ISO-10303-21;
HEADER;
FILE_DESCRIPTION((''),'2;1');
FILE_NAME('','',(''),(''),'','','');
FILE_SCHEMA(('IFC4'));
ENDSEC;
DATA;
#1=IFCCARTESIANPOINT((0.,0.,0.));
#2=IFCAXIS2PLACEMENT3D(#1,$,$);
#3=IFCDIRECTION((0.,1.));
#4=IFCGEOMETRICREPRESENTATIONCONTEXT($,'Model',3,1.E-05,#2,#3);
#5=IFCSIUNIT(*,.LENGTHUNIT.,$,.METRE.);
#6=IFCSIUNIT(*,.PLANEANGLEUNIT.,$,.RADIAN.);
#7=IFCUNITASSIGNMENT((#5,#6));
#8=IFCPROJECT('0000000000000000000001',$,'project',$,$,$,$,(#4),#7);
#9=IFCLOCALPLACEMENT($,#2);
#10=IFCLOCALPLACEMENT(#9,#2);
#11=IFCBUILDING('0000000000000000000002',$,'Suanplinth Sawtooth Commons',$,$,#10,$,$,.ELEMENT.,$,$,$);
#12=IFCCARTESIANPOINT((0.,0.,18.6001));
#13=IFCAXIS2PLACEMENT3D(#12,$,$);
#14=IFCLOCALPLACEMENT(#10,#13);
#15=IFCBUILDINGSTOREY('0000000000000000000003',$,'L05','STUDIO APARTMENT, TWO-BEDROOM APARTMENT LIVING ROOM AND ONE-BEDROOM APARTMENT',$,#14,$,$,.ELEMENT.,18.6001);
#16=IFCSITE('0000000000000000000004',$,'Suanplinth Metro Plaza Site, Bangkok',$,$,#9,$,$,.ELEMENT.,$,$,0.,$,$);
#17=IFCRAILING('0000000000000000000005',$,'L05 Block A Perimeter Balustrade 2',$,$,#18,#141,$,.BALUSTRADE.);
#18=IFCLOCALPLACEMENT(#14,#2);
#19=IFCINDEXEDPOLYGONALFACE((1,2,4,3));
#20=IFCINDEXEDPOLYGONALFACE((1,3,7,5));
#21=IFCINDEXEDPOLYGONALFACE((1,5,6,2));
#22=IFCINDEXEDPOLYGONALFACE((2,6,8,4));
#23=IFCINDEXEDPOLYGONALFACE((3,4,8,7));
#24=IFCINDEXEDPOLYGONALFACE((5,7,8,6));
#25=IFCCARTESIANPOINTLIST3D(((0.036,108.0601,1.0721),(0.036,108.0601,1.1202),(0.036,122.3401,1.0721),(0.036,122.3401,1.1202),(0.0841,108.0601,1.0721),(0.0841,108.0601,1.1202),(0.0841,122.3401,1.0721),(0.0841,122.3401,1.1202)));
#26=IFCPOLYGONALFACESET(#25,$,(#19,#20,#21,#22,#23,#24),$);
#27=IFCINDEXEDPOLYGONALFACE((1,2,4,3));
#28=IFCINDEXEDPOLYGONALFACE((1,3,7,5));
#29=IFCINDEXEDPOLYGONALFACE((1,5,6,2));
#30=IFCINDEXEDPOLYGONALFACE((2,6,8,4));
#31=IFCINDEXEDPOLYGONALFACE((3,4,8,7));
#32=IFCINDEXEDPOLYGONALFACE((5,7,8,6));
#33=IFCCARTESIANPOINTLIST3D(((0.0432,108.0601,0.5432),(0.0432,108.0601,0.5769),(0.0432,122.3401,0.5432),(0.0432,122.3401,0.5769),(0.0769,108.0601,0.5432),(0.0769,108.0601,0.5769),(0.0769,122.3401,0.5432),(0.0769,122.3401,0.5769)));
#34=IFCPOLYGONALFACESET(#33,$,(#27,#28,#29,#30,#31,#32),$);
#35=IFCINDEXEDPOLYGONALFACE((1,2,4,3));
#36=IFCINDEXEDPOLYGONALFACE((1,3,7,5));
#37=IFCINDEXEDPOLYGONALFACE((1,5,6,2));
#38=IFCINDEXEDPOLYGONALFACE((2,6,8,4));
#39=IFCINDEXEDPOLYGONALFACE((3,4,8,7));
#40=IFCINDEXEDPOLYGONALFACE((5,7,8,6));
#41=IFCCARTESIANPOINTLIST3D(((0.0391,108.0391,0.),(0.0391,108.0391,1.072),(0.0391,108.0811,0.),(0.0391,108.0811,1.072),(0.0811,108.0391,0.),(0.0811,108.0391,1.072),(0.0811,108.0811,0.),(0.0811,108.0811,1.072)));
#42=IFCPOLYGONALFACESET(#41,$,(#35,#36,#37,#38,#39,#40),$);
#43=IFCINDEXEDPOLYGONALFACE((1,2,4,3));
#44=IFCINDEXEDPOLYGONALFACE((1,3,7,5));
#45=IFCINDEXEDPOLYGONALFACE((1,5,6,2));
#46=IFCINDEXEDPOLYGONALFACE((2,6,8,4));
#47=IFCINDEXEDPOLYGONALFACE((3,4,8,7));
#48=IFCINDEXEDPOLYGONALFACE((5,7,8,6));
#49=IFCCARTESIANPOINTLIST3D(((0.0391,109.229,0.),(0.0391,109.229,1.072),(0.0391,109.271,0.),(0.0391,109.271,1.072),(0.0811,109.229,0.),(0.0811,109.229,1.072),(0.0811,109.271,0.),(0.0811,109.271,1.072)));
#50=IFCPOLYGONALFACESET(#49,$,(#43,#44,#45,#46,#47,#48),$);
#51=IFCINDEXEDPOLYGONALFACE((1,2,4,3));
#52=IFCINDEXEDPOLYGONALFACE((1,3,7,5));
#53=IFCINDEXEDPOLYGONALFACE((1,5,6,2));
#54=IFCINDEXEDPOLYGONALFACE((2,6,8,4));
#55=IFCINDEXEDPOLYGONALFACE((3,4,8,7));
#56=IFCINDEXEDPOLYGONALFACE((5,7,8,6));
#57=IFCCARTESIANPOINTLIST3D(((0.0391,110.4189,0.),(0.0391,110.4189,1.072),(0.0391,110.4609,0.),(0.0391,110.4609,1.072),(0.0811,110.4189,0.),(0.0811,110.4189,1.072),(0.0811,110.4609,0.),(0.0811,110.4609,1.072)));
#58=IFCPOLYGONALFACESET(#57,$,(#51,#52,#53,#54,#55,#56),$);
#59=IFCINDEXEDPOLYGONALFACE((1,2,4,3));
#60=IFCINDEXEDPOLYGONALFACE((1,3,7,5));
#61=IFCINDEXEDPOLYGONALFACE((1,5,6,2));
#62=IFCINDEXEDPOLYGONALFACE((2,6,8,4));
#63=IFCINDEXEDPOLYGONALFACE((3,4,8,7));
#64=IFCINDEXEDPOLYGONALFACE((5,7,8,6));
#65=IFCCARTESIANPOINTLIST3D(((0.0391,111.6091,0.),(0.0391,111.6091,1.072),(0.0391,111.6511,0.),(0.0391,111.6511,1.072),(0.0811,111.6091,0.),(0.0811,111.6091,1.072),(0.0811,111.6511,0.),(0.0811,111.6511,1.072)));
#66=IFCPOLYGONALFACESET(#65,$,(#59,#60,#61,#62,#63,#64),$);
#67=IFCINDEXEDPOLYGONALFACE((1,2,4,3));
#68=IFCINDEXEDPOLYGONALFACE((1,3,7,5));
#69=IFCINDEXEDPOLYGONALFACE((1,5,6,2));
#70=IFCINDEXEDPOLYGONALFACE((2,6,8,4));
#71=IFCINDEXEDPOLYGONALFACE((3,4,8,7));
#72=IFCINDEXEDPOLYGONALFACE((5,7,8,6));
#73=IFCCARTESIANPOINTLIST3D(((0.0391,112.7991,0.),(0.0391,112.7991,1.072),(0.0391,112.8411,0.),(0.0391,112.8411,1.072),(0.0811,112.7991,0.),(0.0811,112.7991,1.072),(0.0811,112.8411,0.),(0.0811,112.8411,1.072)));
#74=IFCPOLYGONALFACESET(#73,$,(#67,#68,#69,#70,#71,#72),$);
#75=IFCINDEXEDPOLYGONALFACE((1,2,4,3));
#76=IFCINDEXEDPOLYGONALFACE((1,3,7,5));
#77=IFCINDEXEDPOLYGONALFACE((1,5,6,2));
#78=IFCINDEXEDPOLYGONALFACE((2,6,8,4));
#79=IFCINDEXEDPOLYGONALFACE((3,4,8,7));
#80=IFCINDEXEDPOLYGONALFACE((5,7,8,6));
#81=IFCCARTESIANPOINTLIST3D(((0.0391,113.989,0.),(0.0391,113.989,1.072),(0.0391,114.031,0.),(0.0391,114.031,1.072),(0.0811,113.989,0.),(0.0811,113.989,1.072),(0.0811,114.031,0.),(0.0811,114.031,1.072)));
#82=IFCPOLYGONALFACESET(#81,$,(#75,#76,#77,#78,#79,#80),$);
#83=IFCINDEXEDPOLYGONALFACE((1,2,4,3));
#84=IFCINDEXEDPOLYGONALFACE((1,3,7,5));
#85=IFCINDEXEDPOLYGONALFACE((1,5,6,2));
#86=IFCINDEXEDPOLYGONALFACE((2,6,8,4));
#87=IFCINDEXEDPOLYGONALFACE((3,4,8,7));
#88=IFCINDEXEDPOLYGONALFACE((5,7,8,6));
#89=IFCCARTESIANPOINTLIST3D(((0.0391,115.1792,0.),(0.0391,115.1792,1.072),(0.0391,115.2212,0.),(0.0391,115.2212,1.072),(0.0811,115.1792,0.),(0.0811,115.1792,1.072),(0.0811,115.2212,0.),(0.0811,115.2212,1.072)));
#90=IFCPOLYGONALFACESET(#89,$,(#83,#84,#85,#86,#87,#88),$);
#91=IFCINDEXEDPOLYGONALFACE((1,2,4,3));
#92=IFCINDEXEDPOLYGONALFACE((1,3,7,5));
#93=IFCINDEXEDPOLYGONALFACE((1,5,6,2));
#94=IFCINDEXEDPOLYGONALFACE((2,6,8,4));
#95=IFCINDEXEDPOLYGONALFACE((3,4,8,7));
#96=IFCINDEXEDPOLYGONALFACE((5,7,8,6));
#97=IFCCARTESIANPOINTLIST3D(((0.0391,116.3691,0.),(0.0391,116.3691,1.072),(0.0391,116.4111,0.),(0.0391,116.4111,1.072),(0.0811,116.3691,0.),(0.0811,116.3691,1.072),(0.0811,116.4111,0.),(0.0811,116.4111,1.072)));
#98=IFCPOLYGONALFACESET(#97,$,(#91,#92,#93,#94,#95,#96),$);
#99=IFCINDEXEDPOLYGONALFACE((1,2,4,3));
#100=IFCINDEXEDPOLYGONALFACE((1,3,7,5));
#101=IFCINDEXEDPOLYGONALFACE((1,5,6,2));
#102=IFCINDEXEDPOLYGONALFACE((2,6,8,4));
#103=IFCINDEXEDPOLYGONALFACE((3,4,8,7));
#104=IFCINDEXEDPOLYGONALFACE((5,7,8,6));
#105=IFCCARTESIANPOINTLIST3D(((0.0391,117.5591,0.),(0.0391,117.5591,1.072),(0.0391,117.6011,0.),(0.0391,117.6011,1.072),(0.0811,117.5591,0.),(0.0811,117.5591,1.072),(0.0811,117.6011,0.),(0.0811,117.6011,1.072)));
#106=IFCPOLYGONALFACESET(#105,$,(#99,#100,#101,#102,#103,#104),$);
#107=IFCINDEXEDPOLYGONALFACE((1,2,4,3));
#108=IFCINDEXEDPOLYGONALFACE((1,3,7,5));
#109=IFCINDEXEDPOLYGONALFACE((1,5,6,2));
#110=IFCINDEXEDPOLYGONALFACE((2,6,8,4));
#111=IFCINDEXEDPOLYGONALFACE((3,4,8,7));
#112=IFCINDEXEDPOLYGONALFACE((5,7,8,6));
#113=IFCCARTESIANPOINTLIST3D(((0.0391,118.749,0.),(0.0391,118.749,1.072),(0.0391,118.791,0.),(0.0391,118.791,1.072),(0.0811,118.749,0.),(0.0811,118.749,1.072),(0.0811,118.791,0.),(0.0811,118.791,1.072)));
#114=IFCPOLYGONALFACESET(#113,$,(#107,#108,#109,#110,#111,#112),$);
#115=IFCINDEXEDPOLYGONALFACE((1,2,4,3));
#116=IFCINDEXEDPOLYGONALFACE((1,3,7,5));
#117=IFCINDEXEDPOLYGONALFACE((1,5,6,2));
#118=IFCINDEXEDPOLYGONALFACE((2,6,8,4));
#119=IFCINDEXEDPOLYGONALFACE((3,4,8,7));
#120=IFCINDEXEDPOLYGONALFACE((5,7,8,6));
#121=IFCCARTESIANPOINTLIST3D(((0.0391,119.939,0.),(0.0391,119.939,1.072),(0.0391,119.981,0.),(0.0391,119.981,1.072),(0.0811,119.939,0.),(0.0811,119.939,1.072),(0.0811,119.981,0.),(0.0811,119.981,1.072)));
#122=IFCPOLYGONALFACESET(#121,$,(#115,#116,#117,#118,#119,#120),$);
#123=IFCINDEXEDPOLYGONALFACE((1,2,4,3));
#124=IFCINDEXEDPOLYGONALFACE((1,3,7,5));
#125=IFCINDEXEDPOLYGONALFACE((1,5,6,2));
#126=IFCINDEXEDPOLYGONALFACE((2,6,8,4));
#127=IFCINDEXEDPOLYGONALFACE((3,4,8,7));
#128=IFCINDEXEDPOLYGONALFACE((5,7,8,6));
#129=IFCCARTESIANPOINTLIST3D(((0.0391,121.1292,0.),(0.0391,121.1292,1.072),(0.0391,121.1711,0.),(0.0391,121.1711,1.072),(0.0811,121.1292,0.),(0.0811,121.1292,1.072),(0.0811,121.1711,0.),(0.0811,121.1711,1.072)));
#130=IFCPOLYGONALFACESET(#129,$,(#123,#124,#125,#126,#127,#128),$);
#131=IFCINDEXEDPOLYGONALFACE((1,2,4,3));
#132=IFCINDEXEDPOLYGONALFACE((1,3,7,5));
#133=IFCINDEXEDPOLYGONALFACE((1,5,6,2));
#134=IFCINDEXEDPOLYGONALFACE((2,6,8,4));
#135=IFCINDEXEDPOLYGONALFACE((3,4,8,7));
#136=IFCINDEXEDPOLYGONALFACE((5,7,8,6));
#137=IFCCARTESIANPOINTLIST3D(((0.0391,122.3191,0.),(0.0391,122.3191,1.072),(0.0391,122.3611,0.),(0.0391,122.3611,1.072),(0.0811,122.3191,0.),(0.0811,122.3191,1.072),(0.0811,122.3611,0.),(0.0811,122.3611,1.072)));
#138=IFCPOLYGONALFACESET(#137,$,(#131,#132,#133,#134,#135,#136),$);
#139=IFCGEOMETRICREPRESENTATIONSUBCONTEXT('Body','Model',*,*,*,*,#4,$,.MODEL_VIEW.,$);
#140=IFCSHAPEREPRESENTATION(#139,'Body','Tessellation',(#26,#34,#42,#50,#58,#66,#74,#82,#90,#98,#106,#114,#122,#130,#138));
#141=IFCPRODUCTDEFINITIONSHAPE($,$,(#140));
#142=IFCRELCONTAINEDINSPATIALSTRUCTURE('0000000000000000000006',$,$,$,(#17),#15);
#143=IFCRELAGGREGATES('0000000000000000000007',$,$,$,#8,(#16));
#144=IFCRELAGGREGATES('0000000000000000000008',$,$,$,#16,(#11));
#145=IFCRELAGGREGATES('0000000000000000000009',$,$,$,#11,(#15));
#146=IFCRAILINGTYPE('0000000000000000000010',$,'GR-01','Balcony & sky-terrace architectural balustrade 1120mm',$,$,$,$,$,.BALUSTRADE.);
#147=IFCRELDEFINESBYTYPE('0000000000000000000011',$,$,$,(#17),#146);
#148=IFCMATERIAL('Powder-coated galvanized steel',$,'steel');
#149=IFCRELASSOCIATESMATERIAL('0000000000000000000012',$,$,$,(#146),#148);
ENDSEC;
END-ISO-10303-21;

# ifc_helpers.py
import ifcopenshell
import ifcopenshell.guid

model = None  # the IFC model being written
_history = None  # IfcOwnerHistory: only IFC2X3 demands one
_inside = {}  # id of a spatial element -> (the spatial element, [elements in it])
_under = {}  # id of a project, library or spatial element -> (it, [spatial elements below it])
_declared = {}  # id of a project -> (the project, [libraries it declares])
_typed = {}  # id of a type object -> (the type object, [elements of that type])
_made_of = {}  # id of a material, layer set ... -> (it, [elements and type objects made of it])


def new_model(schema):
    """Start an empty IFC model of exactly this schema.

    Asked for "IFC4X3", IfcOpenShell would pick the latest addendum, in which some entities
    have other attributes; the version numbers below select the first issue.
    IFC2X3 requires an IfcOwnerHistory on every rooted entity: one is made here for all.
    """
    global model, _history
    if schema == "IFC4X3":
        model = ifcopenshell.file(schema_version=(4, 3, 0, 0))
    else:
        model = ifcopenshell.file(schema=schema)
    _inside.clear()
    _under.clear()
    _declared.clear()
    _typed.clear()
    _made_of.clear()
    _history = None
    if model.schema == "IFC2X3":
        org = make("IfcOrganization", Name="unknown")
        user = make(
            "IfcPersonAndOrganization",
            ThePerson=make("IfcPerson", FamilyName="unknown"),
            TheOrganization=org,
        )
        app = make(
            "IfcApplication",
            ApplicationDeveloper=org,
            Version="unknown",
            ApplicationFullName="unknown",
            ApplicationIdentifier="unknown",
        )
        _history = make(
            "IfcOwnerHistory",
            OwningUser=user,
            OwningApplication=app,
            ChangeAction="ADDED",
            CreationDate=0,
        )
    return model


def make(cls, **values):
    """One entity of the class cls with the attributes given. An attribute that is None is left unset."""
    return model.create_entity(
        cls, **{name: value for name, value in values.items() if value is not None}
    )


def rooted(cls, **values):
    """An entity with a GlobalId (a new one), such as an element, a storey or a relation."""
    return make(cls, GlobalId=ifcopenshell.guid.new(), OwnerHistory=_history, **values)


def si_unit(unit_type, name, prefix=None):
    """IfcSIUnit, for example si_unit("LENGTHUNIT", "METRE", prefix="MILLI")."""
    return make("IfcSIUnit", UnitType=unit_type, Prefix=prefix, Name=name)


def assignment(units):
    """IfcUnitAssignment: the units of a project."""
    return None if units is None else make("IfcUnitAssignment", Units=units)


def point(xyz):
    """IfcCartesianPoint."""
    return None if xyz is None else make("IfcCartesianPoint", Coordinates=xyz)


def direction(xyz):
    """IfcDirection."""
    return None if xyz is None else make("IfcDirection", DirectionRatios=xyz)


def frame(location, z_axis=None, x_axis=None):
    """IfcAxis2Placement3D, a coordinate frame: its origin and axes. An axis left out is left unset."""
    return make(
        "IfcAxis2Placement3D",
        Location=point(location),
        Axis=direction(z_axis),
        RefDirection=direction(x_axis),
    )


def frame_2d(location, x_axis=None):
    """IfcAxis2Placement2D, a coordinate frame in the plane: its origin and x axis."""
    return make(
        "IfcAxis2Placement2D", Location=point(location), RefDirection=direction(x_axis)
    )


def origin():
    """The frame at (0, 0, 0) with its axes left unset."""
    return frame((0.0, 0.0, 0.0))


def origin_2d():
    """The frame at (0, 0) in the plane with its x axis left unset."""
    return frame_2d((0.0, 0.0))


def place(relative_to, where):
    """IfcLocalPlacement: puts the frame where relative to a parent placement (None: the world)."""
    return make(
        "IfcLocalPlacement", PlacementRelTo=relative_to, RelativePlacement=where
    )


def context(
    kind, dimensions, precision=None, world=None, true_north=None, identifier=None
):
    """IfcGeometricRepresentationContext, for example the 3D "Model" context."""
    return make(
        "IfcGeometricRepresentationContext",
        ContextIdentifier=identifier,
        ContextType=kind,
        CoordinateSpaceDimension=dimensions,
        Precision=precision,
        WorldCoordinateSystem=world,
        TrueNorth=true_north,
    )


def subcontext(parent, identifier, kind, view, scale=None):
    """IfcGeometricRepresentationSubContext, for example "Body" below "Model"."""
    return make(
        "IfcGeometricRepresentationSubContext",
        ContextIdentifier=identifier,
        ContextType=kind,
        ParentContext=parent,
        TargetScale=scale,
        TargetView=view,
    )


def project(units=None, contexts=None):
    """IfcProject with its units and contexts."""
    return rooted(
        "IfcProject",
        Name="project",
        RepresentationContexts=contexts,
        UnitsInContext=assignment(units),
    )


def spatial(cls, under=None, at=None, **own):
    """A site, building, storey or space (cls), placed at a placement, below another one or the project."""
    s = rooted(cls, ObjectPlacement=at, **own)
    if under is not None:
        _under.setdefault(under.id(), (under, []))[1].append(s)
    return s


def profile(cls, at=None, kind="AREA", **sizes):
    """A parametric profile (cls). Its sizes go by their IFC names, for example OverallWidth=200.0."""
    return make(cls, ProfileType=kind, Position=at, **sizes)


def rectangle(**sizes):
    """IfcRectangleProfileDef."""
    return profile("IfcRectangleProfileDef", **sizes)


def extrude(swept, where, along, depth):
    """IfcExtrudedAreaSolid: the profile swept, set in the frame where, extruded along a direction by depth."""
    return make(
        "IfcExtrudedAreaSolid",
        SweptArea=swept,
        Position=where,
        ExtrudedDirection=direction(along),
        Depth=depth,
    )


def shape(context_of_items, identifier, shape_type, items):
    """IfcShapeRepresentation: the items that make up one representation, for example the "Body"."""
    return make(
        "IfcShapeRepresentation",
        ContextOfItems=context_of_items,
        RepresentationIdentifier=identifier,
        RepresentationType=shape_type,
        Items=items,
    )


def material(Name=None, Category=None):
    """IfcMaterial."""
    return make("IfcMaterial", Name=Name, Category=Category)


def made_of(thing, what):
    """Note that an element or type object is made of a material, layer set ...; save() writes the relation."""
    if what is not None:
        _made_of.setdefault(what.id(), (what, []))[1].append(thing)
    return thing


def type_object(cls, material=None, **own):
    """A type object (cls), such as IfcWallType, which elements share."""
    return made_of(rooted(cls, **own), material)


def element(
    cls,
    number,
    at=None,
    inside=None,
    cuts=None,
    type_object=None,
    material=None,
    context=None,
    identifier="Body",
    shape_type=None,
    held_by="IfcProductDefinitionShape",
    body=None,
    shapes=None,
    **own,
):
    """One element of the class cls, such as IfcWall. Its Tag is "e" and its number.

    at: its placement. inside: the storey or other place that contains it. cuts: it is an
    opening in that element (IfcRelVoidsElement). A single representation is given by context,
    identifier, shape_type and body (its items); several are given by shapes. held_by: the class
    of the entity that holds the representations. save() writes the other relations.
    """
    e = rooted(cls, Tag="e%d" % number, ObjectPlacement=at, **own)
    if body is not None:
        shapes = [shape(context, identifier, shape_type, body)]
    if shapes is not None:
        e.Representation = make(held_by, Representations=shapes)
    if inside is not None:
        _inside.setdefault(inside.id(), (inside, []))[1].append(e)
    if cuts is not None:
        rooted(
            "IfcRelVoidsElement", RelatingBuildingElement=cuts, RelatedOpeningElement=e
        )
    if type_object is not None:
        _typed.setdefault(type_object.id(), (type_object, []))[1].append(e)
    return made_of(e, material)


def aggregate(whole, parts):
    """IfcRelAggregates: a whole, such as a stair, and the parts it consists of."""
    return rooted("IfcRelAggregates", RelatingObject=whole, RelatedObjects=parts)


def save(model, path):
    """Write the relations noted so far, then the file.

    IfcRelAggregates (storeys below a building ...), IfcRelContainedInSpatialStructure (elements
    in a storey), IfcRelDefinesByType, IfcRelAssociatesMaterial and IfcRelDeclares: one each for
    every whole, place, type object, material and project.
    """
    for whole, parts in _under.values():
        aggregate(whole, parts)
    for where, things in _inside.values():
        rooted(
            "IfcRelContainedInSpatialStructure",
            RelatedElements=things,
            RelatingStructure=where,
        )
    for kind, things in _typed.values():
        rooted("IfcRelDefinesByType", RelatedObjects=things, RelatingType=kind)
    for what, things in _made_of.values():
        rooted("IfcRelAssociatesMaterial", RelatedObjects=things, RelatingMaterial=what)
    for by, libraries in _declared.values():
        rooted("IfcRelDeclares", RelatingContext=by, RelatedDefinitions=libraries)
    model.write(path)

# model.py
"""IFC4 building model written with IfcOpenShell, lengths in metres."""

from ifc_helpers import new_model, si_unit, direction, frame, origin, origin_2d, place, context, subcontext, project, spatial, rectangle, extrude, material, type_object, element, save


model = new_model("IFC4")

# Units and contexts
model_context = context("Model", 3, precision=1e-05, world=origin(), true_north=direction((0.0, 1.0)))
body_context = subcontext(model_context, "Body", "Model", "MODEL_VIEW")
ifc_project = project(units=[si_unit("LENGTHUNIT", "METRE"), si_unit("PLANEANGLEUNIT", "RADIAN")], contexts=[model_context])

# Site, building, storey
site_placement = place(None, origin())
site = spatial("IfcSite", under=ifc_project, at=site_placement, Name="Suanplinth Metro Plaza Site, Bangkok", CompositionType="ELEMENT", RefElevation=0.0)
building_placement = place(site_placement, origin())
building = spatial("IfcBuilding", under=site, at=building_placement, Name="Suanplinth Sawtooth Commons", CompositionType="ELEMENT")
storey_placement = place(building_placement, frame((0.0, 0.0, 18.6001)))
storey = spatial("IfcBuildingStorey", under=building, at=storey_placement, Name="L05", Description="STUDIO APARTMENT, TWO-BEDROOM APARTMENT LIVING ROOM AND ONE-BEDROOM APARTMENT", CompositionType="ELEMENT", Elevation=18.6001)

# Railing
ifc_material_1 = material(Name="Powder-coated galvanized steel", Category="steel")
railing_type = type_object("IfcRailingType", Name="GR-01", Description="Balcony & sky-terrace architectural balustrade 1120mm", PredefinedType="BALUSTRADE", material=ifc_material_1)
railing_1_placement = place(storey_placement, frame((0.0601, 108.0601, 0.0)))
element("IfcRailing", 1, at=railing_1_placement, inside=storey, type_object=railing_type, Name="L05 Block A Perimeter Balustrade 2", PredefinedType="BALUSTRADE", context=body_context, shape_type="SweptSolid", body=[
    extrude(rectangle(XDim=0.0481, YDim=0.0481, at=origin_2d()), frame((0.0, 0.0, 1.0962), z_axis=(0.0, 1.0, 0.0), x_axis=(-1.0, 0.0, 0.0)), (0.0, 0.0, 1.0), 14.28),
    extrude(rectangle(XDim=0.0337, YDim=0.0337, at=origin_2d()), frame((0.0, 0.0, 0.5601), z_axis=(0.0, 1.0, 0.0), x_axis=(-1.0, 0.0, 0.0)), (0.0, 0.0, 1.0), 14.28),
    extrude(rectangle(XDim=0.042, YDim=0.042, at=origin_2d()), origin(), (0.0, 0.0, 1.0), 1.072),
    extrude(rectangle(XDim=0.042, YDim=0.042, at=origin_2d()), frame((0.0, 1.1899, 0.0)), (0.0, 0.0, 1.0), 1.072),
    extrude(rectangle(XDim=0.042, YDim=0.042, at=origin_2d()), frame((0.0, 2.3799, 0.0)), (0.0, 0.0, 1.0), 1.072),
    extrude(rectangle(XDim=0.042, YDim=0.042, at=origin_2d()), frame((0.0, 3.5701, 0.0)), (0.0, 0.0, 1.0), 1.072),
    extrude(rectangle(XDim=0.042, YDim=0.042, at=origin_2d()), frame((0.0, 4.76, 0.0)), (0.0, 0.0, 1.0), 1.072),
    extrude(rectangle(XDim=0.042, YDim=0.042, at=origin_2d()), frame((0.0, 5.95, 0.0)), (0.0, 0.0, 1.0), 1.072),
    extrude(rectangle(XDim=0.042, YDim=0.042, at=origin_2d()), frame((0.0, 7.1401, 0.0)), (0.0, 0.0, 1.0), 1.072),
    extrude(rectangle(XDim=0.042, YDim=0.042, at=origin_2d()), frame((0.0, 8.3301, 0.0)), (0.0, 0.0, 1.0), 1.072),
    extrude(rectangle(XDim=0.042, YDim=0.042, at=origin_2d()), frame((0.0, 9.52, 0.0)), (0.0, 0.0, 1.0), 1.072),
    extrude(rectangle(XDim=0.042, YDim=0.042, at=origin_2d()), frame((0.0, 10.71, 0.0)), (0.0, 0.0, 1.0), 1.072),
    extrude(rectangle(XDim=0.042, YDim=0.042, at=origin_2d()), frame((0.0, 11.8999, 0.0)), (0.0, 0.0, 1.0), 1.072),
    extrude(rectangle(XDim=0.042, YDim=0.042, at=origin_2d()), frame((0.0, 13.0901, 0.0)), (0.0, 0.0, 1.0), 1.072),
    extrude(rectangle(XDim=0.042, YDim=0.042, at=origin_2d()), frame((0.0, 14.28, 0.0)), (0.0, 0.0, 1.0), 1.072),
])

save(model, "model.ifc")
